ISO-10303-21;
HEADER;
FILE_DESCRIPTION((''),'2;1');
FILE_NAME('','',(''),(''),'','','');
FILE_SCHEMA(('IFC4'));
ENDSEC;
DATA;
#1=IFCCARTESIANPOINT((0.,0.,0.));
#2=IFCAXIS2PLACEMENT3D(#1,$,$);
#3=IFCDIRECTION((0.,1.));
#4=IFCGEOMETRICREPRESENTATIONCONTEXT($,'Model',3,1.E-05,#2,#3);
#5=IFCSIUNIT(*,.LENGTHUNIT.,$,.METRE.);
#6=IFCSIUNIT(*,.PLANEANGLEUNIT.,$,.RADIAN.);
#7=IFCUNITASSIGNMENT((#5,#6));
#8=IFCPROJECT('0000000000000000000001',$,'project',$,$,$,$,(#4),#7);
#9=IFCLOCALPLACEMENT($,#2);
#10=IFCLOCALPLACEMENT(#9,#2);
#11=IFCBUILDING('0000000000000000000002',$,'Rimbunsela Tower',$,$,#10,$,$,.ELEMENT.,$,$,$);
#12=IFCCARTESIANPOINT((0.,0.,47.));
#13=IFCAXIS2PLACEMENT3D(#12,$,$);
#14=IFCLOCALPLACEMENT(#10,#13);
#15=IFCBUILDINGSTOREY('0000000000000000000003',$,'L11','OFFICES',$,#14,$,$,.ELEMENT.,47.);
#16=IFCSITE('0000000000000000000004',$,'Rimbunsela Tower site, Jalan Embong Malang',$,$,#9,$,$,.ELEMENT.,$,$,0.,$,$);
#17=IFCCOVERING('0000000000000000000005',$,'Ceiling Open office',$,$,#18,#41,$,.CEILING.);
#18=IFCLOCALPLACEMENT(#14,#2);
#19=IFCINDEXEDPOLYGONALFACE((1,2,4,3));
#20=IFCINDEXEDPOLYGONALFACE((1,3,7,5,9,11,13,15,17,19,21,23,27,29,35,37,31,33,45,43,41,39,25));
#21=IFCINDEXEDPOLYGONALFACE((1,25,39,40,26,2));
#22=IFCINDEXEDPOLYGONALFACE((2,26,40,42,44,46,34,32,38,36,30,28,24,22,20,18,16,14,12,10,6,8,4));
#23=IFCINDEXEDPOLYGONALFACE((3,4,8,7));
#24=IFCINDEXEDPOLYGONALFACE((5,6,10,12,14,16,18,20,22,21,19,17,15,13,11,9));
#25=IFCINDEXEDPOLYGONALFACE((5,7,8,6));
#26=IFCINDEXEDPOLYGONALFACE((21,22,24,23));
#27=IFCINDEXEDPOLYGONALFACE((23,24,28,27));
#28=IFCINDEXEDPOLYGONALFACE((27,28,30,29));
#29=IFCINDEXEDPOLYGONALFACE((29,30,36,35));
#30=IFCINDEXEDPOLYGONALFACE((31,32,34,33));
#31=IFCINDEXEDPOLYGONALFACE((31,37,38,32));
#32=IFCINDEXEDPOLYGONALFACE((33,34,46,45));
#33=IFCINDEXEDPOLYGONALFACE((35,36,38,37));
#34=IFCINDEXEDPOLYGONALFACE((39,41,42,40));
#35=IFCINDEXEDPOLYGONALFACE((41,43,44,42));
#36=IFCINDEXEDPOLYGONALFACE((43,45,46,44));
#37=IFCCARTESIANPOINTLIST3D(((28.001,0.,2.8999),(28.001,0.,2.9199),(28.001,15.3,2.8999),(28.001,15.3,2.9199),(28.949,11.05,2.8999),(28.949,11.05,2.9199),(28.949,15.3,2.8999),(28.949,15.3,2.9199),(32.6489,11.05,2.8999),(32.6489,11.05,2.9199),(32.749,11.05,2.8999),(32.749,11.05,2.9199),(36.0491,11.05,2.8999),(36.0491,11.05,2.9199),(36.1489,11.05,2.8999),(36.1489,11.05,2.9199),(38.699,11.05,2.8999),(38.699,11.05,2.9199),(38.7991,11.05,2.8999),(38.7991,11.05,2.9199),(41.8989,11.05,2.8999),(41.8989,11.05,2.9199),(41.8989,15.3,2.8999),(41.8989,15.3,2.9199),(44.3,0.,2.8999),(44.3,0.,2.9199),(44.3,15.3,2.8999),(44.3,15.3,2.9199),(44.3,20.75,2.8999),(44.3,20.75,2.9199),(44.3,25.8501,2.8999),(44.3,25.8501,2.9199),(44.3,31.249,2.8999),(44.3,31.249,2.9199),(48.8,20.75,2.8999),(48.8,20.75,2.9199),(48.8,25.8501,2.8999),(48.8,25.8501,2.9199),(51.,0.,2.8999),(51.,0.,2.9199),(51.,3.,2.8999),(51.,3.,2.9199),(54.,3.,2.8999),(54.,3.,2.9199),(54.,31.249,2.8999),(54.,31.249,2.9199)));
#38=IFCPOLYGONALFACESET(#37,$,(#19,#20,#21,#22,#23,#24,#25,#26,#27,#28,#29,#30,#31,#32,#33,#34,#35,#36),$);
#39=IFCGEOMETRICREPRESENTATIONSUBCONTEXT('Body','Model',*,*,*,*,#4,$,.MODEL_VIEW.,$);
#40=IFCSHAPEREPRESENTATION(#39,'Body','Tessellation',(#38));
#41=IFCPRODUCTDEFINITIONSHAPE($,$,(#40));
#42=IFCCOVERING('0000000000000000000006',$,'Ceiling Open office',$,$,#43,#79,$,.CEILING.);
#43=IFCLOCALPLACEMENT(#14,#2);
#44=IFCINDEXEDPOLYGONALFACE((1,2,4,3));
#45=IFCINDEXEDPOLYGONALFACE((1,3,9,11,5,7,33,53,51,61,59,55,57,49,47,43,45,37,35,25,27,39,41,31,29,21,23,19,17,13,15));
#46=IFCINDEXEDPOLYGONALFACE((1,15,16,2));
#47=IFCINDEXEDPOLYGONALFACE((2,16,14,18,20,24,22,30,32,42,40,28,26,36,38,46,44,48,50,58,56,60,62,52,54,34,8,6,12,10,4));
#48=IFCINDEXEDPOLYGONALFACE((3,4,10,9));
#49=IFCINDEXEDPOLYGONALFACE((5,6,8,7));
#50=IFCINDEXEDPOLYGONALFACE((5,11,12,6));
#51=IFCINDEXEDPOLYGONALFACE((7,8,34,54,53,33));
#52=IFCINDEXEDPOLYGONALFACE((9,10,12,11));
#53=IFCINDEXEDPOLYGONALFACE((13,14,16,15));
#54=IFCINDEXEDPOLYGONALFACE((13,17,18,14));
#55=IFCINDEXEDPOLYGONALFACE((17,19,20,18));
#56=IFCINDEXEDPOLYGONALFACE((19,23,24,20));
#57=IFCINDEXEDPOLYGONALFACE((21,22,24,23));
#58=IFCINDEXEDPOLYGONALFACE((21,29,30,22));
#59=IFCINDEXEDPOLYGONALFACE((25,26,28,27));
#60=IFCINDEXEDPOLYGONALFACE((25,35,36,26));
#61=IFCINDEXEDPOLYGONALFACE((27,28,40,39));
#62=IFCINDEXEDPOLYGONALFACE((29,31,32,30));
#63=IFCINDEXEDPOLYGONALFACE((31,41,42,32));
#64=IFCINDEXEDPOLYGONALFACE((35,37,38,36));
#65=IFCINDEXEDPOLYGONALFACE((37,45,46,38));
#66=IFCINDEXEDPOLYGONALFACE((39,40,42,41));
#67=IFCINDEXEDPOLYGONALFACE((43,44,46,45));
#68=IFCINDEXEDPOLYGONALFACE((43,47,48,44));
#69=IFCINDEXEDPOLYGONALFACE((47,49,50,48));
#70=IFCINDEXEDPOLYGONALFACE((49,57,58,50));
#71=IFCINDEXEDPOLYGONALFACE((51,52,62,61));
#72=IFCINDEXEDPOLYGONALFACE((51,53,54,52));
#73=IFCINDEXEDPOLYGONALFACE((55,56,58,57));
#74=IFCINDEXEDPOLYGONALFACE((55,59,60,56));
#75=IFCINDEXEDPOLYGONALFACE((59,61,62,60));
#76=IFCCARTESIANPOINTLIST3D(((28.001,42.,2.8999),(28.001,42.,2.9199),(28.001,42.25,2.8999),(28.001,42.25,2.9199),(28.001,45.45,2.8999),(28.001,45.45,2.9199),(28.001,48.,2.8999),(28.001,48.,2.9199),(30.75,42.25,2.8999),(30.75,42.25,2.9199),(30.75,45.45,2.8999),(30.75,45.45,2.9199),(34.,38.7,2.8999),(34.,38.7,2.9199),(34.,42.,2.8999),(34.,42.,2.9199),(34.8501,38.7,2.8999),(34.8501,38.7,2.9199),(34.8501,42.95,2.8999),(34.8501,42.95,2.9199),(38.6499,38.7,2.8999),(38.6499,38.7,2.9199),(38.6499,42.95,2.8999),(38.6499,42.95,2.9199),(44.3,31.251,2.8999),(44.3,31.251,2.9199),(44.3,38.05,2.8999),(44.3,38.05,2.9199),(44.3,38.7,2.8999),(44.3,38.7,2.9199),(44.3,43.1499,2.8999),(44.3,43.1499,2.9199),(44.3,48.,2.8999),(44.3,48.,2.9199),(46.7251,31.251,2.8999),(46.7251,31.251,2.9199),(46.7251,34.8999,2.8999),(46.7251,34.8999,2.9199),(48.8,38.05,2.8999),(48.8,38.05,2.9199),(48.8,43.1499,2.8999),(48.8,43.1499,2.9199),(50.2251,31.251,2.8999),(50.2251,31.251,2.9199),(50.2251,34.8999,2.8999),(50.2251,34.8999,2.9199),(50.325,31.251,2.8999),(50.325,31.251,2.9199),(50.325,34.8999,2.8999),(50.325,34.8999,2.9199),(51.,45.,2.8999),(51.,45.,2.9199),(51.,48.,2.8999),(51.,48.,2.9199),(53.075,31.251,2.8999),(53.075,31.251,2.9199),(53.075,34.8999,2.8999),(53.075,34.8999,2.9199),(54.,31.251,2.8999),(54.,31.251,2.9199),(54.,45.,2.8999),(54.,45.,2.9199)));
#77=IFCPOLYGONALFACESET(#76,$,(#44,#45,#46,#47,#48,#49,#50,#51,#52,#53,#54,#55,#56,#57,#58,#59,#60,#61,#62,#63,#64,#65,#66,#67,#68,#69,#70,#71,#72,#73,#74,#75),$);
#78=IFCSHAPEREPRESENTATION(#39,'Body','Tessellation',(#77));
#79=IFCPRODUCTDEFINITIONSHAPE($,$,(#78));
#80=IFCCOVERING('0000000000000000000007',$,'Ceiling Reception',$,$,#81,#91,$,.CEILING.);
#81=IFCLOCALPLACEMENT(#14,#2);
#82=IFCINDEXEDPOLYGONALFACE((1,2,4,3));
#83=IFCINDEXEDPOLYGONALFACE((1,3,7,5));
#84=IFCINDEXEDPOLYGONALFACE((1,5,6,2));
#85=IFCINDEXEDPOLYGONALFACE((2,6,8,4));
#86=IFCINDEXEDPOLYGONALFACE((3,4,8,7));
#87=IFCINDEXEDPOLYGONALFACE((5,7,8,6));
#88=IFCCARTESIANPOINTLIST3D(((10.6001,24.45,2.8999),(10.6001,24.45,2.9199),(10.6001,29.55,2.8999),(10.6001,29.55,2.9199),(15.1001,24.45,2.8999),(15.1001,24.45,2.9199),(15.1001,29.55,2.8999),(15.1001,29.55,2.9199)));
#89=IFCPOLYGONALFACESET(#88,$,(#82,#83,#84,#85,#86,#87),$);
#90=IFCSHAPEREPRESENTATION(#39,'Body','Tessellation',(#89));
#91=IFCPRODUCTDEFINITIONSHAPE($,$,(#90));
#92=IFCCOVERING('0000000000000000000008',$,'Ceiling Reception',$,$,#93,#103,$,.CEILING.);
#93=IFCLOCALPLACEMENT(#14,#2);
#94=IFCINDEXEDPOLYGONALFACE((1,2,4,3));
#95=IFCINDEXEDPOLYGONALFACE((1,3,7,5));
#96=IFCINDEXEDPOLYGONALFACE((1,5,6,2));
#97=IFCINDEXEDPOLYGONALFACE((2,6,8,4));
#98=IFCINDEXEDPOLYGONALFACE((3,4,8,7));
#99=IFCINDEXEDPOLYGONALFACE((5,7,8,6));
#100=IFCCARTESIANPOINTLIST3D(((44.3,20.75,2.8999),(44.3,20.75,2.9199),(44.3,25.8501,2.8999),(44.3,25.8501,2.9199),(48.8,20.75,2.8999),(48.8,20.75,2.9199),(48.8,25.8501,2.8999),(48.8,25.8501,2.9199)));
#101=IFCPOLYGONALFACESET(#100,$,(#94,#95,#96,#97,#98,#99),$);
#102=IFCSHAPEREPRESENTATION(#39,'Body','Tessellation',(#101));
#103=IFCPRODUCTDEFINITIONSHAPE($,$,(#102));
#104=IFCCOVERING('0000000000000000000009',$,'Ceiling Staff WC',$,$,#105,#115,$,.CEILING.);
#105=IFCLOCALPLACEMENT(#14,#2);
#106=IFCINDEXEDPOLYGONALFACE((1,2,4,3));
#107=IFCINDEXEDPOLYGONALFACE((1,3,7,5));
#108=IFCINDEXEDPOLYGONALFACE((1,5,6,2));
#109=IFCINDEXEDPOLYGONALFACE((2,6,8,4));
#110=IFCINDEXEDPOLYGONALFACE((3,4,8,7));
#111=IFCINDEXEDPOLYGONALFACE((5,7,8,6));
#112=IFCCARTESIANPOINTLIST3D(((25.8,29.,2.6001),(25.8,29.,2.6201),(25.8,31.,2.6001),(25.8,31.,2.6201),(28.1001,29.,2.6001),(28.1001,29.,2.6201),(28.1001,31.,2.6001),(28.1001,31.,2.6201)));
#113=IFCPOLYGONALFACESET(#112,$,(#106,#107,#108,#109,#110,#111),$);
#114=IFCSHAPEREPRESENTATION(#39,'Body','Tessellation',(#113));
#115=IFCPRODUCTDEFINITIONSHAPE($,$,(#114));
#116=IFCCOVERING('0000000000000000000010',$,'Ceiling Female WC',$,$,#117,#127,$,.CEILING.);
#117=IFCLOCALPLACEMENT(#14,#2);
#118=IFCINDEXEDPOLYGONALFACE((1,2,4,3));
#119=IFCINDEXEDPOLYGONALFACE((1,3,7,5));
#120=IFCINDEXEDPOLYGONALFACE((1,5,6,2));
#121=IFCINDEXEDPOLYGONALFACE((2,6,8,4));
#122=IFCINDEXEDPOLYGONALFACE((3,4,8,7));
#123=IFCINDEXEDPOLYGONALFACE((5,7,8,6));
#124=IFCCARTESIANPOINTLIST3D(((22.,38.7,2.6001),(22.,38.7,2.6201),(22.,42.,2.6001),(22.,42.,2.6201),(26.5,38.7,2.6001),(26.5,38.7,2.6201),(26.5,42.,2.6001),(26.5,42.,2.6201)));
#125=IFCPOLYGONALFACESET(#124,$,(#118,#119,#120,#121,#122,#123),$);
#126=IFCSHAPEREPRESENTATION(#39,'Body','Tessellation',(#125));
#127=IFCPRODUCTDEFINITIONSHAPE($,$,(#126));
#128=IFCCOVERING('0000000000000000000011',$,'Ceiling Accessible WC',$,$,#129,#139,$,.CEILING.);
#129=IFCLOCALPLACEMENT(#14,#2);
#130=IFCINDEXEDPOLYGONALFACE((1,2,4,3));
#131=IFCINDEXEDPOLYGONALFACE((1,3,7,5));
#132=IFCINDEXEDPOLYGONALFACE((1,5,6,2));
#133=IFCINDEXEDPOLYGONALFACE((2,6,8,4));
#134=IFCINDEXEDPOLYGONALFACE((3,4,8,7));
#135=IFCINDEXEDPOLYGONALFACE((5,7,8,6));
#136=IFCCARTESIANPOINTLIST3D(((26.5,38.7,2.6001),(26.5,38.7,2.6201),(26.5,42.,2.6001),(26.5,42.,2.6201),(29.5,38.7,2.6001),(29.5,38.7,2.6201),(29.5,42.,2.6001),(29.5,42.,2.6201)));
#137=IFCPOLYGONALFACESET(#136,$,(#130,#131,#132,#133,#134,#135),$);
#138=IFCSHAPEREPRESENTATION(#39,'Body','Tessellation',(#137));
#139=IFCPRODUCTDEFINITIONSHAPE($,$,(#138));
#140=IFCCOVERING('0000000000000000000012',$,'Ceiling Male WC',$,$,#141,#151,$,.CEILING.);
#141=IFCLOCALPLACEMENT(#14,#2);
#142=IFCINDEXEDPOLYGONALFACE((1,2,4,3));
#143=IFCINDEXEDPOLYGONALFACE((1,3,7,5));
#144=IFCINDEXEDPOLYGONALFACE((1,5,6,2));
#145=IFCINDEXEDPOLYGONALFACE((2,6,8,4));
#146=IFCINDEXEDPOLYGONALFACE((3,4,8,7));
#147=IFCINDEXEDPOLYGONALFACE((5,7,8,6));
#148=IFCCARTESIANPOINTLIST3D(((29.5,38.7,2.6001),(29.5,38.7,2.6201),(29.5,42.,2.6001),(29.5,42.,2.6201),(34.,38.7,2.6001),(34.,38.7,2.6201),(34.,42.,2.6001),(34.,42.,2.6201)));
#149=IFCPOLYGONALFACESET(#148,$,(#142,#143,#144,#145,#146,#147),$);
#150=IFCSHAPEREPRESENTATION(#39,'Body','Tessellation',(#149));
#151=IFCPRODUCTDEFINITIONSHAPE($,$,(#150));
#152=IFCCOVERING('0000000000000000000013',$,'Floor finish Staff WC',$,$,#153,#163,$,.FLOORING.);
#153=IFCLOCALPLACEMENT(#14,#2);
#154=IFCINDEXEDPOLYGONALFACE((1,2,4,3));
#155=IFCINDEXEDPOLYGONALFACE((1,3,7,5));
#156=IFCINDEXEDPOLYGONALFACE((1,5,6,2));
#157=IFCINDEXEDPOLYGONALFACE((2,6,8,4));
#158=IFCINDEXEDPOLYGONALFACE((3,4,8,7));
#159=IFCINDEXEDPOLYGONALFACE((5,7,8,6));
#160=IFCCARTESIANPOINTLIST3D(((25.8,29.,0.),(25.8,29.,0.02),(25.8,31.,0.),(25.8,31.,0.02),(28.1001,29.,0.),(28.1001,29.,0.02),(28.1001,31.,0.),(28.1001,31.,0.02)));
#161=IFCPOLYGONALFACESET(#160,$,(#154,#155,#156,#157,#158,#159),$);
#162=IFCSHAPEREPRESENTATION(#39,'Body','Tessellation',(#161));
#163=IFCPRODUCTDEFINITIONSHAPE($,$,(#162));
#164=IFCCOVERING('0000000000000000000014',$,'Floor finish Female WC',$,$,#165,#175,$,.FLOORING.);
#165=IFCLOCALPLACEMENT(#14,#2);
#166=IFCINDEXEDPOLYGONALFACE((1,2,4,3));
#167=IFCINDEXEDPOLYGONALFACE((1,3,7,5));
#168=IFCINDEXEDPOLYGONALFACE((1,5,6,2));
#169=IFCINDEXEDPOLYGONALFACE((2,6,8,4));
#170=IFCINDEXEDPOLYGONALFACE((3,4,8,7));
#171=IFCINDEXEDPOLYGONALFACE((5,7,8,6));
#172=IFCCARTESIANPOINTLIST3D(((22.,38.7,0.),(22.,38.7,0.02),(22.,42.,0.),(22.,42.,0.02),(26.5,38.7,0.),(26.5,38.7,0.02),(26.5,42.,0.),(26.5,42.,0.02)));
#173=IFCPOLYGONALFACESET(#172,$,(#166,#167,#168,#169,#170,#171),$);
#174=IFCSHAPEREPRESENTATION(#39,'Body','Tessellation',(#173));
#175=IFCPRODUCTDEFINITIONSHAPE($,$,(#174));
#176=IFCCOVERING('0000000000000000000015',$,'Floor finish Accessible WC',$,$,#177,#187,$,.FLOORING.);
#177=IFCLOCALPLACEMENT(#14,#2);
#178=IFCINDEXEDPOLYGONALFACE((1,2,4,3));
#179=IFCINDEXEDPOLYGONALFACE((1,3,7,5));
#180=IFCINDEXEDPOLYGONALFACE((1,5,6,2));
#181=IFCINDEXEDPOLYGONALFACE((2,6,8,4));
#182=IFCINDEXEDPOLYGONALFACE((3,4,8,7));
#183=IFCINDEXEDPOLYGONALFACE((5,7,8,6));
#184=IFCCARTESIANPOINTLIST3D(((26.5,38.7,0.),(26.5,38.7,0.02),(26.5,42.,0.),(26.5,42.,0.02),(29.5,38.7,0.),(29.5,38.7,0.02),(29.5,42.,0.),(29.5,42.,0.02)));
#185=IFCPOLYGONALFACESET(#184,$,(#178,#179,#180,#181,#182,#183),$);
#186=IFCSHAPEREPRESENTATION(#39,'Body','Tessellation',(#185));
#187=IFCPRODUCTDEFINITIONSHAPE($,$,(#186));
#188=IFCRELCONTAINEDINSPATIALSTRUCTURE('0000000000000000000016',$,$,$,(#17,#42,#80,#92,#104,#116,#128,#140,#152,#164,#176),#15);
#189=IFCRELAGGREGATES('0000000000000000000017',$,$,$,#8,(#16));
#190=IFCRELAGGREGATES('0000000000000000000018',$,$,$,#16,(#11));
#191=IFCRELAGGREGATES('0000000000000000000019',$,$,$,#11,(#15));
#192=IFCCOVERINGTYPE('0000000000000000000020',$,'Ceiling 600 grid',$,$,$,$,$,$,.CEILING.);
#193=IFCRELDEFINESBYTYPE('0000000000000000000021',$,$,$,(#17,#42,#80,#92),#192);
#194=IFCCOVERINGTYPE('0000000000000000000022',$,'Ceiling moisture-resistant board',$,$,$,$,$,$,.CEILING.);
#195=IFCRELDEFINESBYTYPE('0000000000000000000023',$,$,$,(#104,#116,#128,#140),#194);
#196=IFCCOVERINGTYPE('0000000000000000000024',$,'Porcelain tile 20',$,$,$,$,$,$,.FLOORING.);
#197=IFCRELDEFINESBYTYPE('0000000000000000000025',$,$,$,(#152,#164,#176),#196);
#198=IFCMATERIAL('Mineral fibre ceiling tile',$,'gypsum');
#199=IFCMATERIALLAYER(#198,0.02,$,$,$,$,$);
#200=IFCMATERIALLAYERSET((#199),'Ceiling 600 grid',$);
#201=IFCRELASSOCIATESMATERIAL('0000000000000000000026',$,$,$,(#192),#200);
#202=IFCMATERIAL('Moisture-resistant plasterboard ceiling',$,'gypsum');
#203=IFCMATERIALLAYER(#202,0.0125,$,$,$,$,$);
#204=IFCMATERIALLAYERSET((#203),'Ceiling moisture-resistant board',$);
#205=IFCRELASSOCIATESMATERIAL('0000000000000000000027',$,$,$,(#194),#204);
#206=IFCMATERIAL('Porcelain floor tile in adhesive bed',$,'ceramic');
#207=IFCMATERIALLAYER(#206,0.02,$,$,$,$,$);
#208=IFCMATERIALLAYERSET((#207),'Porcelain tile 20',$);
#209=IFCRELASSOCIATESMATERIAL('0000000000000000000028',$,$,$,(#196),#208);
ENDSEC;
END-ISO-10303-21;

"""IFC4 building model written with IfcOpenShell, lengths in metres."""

from ifc_helpers import new_model, si_unit, direction, frame, origin, place, context, subcontext, project, spatial, polyline, outline, extrude, material, layer, layer_set, type_object, element, save


model = new_model("IFC4")

# Units and contexts
model_context = context("Model", 3, precision=1e-05, world=origin(), true_north=direction((0.0, 1.0)))
body_context = subcontext(model_context, "Body", "Model", "MODEL_VIEW")
ifc_project = project(units=[si_unit("LENGTHUNIT", "METRE"), si_unit("PLANEANGLEUNIT", "RADIAN")], contexts=[model_context])

# Site, building, storey
site_placement = place(None, origin())
site = spatial("IfcSite", under=ifc_project, at=site_placement, Name="Rimbunsela Tower site, Jalan Embong Malang", CompositionType="ELEMENT", RefElevation=0.0)
building_placement = place(site_placement, origin())
building = spatial("IfcBuilding", under=site, at=building_placement, Name="Rimbunsela Tower", CompositionType="ELEMENT")
storey_placement = place(building_placement, frame((0.0, 0.0, 47.0)))
storey = spatial("IfcBuildingStorey", under=building, at=storey_placement, Name="L11", Description="OFFICES", CompositionType="ELEMENT", Elevation=47.0)

# Coverings
ifc_material_1 = material(Name="Mineral fibre ceiling tile", Category="gypsum")
ifc_layer_1 = layer(ifc_material_1, 0.02)
ifc_layer_set_1 = layer_set([ifc_layer_1], Name="Ceiling 600 grid")
covering_type_1 = type_object("IfcCoveringType", Name="Ceiling 600 grid", PredefinedType="CEILING", material=ifc_layer_set_1)
covering_1_placement = place(storey_placement, frame((0.0, 0.0, 2.8999)))
element("IfcCovering", 1, at=covering_1_placement, inside=storey, type_object=covering_type_1, Name="Ceiling Open office", PredefinedType="CEILING", context=body_context, shape_type="SweptSolid", body=[
    extrude(outline(polyline([(28.001, 15.3), (28.949, 15.3), (28.949, 11.05), (32.6489, 11.05), (32.749, 11.05), (36.0491, 11.05), (36.1489, 11.05), (38.699, 11.05), (38.7991, 11.05), (41.8989, 11.05), (41.8989, 15.3), (44.3, 15.3), (44.3, 20.75), (48.8, 20.75), (48.8, 25.8501), (44.3, 25.8501), (44.3, 31.249), (54.0, 31.249), (54.0, 3.0), (51.0, 3.0), (51.0, 0.0), (44.3, 0.0), (28.001, 0.0), (28.001, 15.3)])), origin(), (0.0, 0.0, 1.0), 0.02),
])
covering_2_placement = place(storey_placement, frame((0.0, 0.0, 2.8999)))
element("IfcCovering", 2, at=covering_2_placement, inside=storey, type_object=covering_type_1, Name="Ceiling Open office", PredefinedType="CEILING", context=body_context, shape_type="SweptSolid", body=[
    extrude(outline(polyline([(44.3, 38.7), (38.6499, 38.7), (38.6499, 42.95), (34.8501, 42.95), (34.8501, 38.7), (34.0, 38.7), (34.0, 42.0), (28.001, 42.0), (28.001, 42.25), (30.75, 42.25), (30.75, 45.45), (28.001, 45.45), (28.001, 48.0), (44.3, 48.0), (51.0, 48.0), (51.0, 45.0), (54.0, 45.0), (54.0, 31.251), (53.075, 31.251), (53.075, 34.8999), (50.325, 34.8999), (50.325, 31.251), (50.2251, 31.251), (50.2251, 34.8999), (46.7251, 34.8999), (46.7251, 31.251), (44.3, 31.251), (44.3, 38.05), (48.8, 38.05), (48.8, 43.1499), (44.3, 43.1499), (44.3, 38.7)])), origin(), (0.0, 0.0, 1.0), 0.02),
])
covering_3_placement = place(storey_placement, frame((0.0, 0.0, 2.8999)))
element("IfcCovering", 3, at=covering_3_placement, inside=storey, type_object=covering_type_1, Name="Ceiling Reception", PredefinedType="CEILING", context=body_context, shape_type="SweptSolid", body=[
    extrude(outline(polyline([(15.1001, 24.45), (15.1001, 29.55), (10.6001, 29.55), (10.6001, 24.45), (15.1001, 24.45)])), origin(), (0.0, 0.0, 1.0), 0.02),
])
covering_4_placement = place(storey_placement, frame((0.0, 0.0, 2.8999)))
element("IfcCovering", 4, at=covering_4_placement, inside=storey, type_object=covering_type_1, Name="Ceiling Reception", PredefinedType="CEILING", context=body_context, shape_type="SweptSolid", body=[
    extrude(outline(polyline([(48.8, 20.75), (48.8, 25.8501), (44.3, 25.8501), (44.3, 20.75), (48.8, 20.75)])), origin(), (0.0, 0.0, 1.0), 0.02),
])
ifc_material_2 = material(Name="Moisture-resistant plasterboard ceiling", Category="gypsum")
ifc_layer_2 = layer(ifc_material_2, 0.0125)
ifc_layer_set_2 = layer_set([ifc_layer_2], Name="Ceiling moisture-resistant board")
covering_type_2 = type_object("IfcCoveringType", Name="Ceiling moisture-resistant board", PredefinedType="CEILING", material=ifc_layer_set_2)
covering_5_placement = place(storey_placement, frame((0.0, 0.0, 2.6001)))
element("IfcCovering", 5, at=covering_5_placement, inside=storey, type_object=covering_type_2, Name="Ceiling Staff WC", PredefinedType="CEILING", context=body_context, shape_type="SweptSolid", body=[
    extrude(outline(polyline([(28.1001, 29.0), (28.1001, 31.0), (25.8, 31.0), (25.8, 29.0), (28.1001, 29.0)])), origin(), (0.0, 0.0, 1.0), 0.02),
])
covering_6_placement = place(storey_placement, frame((0.0, 0.0, 2.6001)))
element("IfcCovering", 6, at=covering_6_placement, inside=storey, type_object=covering_type_2, Name="Ceiling Female WC", PredefinedType="CEILING", context=body_context, shape_type="SweptSolid", body=[
    extrude(outline(polyline([(26.5, 38.7), (26.5, 42.0), (22.0, 42.0), (22.0, 38.7), (26.5, 38.7)])), origin(), (0.0, 0.0, 1.0), 0.02),
])
covering_7_placement = place(storey_placement, frame((0.0, 0.0, 2.6001)))
element("IfcCovering", 7, at=covering_7_placement, inside=storey, type_object=covering_type_2, Name="Ceiling Accessible WC", PredefinedType="CEILING", context=body_context, shape_type="SweptSolid", body=[
    extrude(outline(polyline([(29.5, 38.7), (29.5, 42.0), (26.5, 42.0), (26.5, 38.7), (29.5, 38.7)])), origin(), (0.0, 0.0, 1.0), 0.02),
])
covering_8_placement = place(storey_placement, frame((0.0, 0.0, 2.6001)))
element("IfcCovering", 8, at=covering_8_placement, inside=storey, type_object=covering_type_2, Name="Ceiling Male WC", PredefinedType="CEILING", context=body_context, shape_type="SweptSolid", body=[
    extrude(outline(polyline([(34.0, 38.7), (34.0, 42.0), (29.5, 42.0), (29.5, 38.7), (34.0, 38.7)])), origin(), (0.0, 0.0, 1.0), 0.02),
])
ifc_material_3 = material(Name="Porcelain floor tile in adhesive bed", Category="ceramic")
ifc_layer_3 = layer(ifc_material_3, 0.02)
ifc_layer_set_3 = layer_set([ifc_layer_3], Name="Porcelain tile 20")
covering_type_3 = type_object("IfcCoveringType", Name="Porcelain tile 20", PredefinedType="FLOORING", material=ifc_layer_set_3)
covering_9_placement = place(storey_placement, origin())
element("IfcCovering", 9, at=covering_9_placement, inside=storey, type_object=covering_type_3, Name="Floor finish Staff WC", PredefinedType="FLOORING", context=body_context, shape_type="SweptSolid", body=[
    extrude(outline(polyline([(28.1001, 29.0), (28.1001, 31.0), (25.8, 31.0), (25.8, 29.0), (28.1001, 29.0)])), origin(), (0.0, 0.0, 1.0), 0.02),
])
covering_10_placement = place(storey_placement, origin())
element("IfcCovering", 10, at=covering_10_placement, inside=storey, type_object=covering_type_3, Name="Floor finish Female WC", PredefinedType="FLOORING", context=body_context, shape_type="SweptSolid", body=[
    extrude(outline(polyline([(26.5, 38.7), (26.5, 42.0), (22.0, 42.0), (22.0, 38.7), (26.5, 38.7)])), origin(), (0.0, 0.0, 1.0), 0.02),
])
covering_11_placement = place(storey_placement, origin())
element("IfcCovering", 11, at=covering_11_placement, inside=storey, type_object=covering_type_3, Name="Floor finish Accessible WC", PredefinedType="FLOORING", context=body_context, shape_type="SweptSolid", body=[
    extrude(outline(polyline([(29.5, 38.7), (29.5, 42.0), (26.5, 42.0), (26.5, 38.7), (29.5, 38.7)])), origin(), (0.0, 0.0, 1.0), 0.02),
])

save(model, "model.ifc")
